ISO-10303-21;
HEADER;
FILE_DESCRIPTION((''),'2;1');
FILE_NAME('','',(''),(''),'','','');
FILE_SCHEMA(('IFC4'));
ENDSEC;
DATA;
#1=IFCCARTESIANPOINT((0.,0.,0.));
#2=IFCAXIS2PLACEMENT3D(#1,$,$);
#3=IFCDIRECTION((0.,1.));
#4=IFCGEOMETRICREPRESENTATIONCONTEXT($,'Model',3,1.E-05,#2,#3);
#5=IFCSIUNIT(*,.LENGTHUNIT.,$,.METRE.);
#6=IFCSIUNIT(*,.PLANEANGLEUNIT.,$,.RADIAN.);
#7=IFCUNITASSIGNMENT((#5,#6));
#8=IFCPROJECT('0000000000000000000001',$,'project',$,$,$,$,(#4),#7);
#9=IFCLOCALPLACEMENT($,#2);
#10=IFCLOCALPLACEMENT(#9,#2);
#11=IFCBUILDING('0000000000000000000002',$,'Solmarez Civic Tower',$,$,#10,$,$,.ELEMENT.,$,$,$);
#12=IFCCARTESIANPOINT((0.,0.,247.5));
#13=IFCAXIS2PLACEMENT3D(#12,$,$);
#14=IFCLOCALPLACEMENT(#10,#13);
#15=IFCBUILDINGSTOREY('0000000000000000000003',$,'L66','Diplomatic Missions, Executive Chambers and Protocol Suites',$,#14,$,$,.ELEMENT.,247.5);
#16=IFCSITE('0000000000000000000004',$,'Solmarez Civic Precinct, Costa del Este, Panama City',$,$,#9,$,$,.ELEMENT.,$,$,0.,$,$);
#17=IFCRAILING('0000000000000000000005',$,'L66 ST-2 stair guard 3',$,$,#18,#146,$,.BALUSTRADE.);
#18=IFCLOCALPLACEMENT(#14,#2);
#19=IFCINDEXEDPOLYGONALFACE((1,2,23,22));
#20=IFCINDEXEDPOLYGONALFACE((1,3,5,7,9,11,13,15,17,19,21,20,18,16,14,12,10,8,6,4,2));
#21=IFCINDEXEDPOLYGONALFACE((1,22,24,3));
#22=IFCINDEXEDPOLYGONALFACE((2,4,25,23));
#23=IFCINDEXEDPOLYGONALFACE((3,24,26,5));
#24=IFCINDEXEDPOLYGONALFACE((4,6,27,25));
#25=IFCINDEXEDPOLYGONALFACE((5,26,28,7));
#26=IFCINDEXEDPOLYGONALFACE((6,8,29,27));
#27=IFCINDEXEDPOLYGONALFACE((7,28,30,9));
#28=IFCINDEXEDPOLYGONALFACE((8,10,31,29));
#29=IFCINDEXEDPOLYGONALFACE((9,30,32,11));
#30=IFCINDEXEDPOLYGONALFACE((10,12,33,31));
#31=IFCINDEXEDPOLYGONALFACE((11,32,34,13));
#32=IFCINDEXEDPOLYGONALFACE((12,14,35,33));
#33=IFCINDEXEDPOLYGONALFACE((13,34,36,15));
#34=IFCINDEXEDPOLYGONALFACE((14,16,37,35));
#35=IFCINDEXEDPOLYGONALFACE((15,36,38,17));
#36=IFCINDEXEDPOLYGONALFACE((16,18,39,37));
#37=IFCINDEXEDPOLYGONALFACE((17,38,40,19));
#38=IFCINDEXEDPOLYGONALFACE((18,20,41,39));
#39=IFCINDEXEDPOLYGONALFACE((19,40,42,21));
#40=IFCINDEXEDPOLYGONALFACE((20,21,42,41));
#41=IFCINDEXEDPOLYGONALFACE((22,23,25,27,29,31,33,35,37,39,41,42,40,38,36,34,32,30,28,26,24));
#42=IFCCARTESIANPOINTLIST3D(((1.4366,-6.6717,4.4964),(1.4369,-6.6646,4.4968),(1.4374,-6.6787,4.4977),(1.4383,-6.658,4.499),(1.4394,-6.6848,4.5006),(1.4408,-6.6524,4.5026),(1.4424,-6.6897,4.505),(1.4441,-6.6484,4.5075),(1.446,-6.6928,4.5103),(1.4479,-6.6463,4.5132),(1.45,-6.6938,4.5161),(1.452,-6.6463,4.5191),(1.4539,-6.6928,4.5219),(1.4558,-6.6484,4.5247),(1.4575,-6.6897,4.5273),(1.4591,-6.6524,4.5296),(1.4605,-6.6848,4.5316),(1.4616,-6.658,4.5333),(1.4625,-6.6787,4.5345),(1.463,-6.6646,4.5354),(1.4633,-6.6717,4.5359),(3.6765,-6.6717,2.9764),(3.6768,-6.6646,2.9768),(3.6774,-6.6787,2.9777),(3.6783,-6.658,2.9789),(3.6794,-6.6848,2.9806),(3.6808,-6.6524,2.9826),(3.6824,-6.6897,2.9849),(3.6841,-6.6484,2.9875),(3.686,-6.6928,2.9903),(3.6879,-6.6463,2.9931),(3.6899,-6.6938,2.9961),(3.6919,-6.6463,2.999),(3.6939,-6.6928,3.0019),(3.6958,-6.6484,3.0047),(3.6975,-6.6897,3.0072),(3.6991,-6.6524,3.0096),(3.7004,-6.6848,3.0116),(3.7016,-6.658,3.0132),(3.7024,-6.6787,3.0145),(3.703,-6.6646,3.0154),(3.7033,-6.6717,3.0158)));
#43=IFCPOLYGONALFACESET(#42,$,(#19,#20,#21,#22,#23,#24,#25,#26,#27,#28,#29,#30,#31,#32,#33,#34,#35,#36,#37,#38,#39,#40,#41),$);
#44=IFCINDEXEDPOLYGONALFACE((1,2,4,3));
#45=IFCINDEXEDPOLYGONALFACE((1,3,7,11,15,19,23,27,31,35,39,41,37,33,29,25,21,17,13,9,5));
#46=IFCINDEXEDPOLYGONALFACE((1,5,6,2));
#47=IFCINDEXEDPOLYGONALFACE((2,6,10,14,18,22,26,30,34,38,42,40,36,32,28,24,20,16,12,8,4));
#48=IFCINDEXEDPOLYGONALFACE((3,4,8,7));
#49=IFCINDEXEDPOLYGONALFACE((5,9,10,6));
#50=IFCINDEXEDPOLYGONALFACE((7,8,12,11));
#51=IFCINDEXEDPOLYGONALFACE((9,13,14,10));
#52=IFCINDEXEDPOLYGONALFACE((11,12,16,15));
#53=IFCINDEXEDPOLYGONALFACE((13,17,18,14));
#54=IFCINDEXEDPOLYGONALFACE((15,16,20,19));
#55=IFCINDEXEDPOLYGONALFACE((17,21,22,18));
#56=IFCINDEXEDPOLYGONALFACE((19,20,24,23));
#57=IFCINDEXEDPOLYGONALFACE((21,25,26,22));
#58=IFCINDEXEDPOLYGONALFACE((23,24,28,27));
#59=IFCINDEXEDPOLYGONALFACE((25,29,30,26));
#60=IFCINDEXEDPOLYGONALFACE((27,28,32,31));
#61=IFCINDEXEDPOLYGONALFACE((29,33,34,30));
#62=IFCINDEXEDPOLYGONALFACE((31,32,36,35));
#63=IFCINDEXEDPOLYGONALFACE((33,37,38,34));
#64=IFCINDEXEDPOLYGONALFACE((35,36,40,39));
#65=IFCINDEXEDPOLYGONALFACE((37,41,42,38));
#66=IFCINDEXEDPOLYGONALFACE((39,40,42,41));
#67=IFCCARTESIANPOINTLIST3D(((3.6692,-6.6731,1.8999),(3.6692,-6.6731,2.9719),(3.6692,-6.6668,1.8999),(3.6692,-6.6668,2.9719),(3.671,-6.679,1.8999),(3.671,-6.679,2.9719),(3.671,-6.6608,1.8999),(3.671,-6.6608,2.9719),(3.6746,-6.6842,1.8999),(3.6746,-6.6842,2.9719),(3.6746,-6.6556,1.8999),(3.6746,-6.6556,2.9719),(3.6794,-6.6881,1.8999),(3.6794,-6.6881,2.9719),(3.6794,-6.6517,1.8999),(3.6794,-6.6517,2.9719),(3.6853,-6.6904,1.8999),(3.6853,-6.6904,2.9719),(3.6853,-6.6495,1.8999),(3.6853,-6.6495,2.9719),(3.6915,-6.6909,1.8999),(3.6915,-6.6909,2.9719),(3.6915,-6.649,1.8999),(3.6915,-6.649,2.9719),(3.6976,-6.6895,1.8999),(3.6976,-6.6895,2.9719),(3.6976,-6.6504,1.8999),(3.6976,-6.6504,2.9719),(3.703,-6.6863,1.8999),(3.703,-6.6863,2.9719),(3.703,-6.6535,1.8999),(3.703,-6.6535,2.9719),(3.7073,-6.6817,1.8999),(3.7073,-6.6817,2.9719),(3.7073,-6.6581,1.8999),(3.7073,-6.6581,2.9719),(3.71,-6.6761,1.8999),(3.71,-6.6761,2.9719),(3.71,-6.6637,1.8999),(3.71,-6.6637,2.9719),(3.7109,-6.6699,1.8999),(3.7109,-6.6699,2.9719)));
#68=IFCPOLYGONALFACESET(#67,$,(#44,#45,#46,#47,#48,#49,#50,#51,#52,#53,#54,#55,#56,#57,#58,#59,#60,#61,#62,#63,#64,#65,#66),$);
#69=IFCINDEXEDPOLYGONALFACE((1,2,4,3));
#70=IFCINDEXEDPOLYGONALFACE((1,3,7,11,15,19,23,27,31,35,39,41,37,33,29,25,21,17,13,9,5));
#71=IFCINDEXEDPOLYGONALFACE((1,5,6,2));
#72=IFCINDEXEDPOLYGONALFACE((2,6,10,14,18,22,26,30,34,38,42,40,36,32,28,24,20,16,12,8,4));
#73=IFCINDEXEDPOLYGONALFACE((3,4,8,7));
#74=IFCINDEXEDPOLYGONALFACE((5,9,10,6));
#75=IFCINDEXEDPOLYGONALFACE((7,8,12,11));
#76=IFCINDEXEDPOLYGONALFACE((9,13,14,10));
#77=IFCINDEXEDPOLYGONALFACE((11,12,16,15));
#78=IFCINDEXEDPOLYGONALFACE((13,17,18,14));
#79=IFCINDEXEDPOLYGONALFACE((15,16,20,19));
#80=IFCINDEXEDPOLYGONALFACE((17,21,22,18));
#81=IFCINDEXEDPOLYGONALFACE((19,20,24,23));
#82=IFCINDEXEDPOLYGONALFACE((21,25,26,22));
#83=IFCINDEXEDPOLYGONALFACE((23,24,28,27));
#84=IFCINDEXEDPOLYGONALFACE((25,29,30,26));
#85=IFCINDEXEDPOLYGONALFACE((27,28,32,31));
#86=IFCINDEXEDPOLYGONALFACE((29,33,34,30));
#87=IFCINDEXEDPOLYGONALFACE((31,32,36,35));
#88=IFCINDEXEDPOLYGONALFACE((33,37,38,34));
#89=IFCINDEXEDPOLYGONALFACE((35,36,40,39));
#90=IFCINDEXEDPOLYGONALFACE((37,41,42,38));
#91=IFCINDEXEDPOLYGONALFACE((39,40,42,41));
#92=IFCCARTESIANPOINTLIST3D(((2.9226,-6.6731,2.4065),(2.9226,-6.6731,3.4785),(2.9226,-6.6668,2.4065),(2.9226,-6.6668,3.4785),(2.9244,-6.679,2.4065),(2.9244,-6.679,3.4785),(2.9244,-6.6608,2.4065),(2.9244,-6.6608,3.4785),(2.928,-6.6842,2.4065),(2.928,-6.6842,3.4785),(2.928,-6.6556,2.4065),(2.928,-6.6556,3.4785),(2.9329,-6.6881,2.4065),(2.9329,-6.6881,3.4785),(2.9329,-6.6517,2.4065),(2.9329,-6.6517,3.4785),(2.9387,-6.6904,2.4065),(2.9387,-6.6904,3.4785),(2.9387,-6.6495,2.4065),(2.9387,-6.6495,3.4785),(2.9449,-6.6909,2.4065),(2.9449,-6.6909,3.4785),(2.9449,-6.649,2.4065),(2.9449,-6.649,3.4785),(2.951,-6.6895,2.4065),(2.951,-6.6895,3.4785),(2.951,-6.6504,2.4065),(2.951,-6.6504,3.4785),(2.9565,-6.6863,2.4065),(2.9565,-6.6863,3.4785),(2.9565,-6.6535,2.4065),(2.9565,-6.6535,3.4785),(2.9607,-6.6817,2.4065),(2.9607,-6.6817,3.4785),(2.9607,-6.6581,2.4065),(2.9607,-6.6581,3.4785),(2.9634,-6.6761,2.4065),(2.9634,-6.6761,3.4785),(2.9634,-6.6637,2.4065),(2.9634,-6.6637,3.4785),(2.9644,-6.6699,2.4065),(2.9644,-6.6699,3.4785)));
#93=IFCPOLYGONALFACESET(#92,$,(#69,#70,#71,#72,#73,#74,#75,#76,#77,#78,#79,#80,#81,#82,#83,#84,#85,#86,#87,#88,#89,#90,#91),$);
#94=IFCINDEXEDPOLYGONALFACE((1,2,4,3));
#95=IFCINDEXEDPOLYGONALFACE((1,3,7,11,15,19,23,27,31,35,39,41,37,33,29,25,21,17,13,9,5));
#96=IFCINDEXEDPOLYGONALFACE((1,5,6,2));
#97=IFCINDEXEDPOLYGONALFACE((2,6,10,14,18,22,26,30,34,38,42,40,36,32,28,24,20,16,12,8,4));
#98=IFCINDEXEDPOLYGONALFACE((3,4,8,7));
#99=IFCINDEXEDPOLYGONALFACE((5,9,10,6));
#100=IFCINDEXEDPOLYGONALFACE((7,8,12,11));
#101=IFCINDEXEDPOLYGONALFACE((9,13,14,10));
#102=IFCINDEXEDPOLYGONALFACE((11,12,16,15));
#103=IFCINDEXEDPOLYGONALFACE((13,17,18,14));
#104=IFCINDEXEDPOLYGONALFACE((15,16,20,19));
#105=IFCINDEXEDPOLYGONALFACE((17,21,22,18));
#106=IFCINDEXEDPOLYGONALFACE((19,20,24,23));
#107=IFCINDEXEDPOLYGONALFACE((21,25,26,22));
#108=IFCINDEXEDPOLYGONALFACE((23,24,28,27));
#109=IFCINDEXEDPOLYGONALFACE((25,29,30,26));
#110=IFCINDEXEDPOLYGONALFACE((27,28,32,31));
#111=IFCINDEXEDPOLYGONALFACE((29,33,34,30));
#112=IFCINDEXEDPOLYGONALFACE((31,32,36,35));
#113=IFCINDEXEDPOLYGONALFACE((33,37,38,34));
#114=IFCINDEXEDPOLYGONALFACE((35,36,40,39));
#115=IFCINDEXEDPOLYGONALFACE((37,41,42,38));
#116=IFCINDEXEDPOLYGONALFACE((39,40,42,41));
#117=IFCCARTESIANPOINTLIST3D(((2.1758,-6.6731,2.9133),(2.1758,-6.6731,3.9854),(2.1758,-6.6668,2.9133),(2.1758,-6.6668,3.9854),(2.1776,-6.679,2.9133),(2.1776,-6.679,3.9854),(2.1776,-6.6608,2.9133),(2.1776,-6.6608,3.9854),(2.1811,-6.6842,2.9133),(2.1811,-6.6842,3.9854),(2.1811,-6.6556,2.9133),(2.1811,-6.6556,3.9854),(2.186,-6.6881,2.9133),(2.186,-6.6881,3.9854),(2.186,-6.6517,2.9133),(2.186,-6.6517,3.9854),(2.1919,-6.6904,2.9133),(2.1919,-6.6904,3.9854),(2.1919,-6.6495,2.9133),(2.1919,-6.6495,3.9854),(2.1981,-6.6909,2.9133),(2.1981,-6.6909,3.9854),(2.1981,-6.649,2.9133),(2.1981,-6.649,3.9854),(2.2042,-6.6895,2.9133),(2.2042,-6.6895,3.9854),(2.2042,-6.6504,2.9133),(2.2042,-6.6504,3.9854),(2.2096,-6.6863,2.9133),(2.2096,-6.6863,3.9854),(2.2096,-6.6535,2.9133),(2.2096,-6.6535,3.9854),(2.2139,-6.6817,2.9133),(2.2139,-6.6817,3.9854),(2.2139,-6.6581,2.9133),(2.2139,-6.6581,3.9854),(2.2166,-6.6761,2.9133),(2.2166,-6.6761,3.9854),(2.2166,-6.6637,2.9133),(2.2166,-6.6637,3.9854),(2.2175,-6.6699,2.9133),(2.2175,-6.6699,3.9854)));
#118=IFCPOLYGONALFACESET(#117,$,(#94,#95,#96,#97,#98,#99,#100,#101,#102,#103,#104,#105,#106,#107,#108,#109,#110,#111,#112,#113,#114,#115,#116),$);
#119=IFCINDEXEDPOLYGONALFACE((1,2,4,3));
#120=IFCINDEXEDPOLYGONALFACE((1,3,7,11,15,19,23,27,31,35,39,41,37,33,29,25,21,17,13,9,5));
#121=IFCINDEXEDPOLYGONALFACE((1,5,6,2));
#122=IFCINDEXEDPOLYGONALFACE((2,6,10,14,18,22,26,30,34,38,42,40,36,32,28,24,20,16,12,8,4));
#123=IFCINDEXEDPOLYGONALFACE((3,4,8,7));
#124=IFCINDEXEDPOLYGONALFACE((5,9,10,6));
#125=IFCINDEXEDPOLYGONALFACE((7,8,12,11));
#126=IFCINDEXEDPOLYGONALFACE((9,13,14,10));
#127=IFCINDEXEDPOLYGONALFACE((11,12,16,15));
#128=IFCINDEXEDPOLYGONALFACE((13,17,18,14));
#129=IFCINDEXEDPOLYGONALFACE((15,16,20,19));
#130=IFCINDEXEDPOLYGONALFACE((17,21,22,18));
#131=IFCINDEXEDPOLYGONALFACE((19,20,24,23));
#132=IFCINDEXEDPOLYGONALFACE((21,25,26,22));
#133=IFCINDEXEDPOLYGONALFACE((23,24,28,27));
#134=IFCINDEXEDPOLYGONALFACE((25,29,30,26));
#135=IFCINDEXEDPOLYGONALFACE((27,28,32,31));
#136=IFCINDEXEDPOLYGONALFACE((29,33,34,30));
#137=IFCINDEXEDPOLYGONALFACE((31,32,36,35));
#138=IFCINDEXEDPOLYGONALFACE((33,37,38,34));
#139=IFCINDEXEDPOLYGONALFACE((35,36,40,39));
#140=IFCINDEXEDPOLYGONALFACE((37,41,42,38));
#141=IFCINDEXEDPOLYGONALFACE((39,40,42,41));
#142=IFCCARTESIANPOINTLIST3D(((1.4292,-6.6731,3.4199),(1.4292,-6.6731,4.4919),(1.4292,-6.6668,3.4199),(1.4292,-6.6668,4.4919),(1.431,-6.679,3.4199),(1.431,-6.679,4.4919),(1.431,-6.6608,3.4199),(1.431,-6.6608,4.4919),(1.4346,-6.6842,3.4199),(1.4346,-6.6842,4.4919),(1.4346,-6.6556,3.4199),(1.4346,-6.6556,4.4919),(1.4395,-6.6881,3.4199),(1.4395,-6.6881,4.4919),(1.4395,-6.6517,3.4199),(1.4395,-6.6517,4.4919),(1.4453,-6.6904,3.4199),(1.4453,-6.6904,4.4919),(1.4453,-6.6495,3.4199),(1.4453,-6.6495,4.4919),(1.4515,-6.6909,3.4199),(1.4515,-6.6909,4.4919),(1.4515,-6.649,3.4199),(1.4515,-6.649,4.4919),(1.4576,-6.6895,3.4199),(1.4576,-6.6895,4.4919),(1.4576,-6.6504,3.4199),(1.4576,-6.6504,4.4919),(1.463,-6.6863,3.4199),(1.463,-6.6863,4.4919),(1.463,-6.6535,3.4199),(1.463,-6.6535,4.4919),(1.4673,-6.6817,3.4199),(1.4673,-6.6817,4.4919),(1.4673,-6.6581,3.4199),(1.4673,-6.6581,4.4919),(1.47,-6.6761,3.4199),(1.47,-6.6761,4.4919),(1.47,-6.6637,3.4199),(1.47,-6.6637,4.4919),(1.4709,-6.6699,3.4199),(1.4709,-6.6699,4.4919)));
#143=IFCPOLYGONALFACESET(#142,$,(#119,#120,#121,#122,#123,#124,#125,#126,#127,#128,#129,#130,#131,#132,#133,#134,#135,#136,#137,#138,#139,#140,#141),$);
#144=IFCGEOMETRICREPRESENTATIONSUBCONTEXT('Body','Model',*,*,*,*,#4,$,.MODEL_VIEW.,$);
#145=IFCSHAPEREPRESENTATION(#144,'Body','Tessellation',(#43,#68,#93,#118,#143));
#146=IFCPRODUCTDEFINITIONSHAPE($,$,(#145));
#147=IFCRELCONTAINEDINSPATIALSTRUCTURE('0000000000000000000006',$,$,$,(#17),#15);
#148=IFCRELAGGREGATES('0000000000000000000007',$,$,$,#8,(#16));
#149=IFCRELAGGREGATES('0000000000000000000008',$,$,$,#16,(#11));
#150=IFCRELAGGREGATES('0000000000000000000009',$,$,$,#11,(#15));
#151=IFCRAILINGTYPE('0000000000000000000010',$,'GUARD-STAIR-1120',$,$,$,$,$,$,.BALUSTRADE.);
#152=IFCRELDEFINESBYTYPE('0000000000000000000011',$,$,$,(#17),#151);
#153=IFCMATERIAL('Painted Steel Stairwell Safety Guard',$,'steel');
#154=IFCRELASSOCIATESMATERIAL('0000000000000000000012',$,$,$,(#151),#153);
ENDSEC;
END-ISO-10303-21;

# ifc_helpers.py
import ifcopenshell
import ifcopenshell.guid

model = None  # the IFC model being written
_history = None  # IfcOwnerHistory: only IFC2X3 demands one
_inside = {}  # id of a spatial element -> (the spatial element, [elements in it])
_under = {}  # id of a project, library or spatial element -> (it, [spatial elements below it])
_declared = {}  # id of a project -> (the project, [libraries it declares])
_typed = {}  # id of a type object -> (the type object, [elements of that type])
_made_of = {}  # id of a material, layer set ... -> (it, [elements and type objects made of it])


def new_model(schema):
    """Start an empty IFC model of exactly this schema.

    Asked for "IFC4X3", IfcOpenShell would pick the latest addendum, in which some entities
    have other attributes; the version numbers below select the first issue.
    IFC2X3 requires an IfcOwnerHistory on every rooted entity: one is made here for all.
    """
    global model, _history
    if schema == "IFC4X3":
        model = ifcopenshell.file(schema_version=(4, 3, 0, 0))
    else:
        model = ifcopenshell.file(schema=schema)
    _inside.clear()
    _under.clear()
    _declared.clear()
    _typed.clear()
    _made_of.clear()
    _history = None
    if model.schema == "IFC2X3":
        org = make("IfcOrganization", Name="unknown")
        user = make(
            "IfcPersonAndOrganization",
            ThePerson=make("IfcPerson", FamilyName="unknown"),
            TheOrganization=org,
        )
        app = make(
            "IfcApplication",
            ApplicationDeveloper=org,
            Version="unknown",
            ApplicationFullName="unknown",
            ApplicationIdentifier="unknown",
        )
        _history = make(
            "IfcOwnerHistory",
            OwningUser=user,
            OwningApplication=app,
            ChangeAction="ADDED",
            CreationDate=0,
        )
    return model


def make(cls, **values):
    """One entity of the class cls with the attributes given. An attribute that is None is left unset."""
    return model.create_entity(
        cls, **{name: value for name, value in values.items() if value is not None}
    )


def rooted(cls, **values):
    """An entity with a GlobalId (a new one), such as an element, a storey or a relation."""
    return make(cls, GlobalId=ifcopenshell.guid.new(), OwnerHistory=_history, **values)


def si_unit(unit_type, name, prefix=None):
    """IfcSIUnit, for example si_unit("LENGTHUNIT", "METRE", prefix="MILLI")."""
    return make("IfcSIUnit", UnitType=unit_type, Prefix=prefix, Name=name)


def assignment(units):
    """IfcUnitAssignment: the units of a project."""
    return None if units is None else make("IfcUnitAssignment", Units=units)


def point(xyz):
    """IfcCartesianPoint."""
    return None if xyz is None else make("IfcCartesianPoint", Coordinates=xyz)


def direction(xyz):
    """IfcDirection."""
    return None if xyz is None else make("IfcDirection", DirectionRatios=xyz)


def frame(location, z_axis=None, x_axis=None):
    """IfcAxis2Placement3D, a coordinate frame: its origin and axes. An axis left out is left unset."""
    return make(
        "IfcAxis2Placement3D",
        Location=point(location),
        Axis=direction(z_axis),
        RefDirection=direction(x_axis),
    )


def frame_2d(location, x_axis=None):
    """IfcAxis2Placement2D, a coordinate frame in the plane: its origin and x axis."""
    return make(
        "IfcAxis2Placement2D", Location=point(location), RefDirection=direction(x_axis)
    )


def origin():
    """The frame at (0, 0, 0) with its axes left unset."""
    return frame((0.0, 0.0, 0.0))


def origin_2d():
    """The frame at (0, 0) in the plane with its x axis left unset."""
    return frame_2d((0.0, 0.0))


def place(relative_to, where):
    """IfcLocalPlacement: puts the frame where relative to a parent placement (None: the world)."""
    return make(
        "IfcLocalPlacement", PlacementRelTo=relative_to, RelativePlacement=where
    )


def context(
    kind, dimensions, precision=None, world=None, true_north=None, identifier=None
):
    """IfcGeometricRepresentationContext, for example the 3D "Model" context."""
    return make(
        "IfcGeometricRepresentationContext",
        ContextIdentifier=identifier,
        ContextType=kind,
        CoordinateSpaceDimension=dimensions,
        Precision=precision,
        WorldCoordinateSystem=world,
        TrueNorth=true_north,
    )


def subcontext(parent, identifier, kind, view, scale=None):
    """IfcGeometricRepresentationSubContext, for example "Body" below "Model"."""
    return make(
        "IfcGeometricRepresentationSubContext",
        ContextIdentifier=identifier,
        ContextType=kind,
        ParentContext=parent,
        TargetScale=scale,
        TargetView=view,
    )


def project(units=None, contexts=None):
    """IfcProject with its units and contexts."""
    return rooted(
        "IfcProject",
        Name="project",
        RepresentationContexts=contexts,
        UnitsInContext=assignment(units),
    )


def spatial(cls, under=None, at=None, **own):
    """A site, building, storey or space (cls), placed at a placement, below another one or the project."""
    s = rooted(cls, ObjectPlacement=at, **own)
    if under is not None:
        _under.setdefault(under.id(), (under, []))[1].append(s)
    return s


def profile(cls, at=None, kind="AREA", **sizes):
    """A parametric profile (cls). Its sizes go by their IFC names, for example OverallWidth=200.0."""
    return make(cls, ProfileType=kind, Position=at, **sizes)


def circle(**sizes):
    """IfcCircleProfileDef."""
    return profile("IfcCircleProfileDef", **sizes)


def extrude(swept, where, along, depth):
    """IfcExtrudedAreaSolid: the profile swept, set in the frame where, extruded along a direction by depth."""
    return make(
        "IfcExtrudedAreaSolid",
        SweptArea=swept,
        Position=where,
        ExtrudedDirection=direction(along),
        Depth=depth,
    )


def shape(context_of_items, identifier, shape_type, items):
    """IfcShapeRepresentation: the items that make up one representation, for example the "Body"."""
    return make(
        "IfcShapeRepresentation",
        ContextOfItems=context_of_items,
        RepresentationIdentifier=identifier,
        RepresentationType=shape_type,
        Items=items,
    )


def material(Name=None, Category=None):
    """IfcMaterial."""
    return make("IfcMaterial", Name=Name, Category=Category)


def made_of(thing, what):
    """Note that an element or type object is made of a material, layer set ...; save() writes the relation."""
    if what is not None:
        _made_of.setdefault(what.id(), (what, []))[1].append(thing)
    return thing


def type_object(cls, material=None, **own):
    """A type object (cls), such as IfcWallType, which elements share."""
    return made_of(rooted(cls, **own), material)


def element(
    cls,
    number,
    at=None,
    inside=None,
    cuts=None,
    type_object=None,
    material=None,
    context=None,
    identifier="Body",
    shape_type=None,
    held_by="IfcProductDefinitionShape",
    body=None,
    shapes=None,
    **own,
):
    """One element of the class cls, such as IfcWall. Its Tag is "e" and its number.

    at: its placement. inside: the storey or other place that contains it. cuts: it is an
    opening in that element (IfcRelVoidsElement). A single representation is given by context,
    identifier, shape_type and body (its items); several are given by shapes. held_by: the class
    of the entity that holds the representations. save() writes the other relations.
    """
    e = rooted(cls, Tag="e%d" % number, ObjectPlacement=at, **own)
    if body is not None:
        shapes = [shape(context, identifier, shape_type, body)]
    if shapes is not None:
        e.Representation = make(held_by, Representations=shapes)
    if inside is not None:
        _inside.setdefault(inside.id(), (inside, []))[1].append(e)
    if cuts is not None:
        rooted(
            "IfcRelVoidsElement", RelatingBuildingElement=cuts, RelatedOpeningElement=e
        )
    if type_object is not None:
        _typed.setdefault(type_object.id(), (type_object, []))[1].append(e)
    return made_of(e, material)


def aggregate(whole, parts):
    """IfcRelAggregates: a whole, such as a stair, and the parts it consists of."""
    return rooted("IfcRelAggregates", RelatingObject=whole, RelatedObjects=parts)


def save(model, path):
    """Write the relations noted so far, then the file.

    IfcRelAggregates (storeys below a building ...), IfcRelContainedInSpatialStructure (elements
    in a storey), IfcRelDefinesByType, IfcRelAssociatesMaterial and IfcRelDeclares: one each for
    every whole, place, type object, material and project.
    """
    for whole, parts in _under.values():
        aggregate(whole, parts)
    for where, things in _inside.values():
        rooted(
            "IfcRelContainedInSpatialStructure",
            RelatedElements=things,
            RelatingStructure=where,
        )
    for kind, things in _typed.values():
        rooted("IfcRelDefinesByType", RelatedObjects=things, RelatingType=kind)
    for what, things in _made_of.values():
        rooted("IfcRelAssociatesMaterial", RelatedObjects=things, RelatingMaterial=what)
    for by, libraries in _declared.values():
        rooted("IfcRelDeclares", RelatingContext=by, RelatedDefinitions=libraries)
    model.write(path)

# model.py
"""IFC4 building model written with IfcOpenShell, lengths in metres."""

from ifc_helpers import new_model, si_unit, direction, frame, origin, origin_2d, place, context, subcontext, project, spatial, circle, extrude, material, type_object, element, save


model = new_model("IFC4")

# Units and contexts
model_context = context("Model", 3, precision=1e-05, world=origin(), true_north=direction((0.0, 1.0)))
body_context = subcontext(model_context, "Body", "Model", "MODEL_VIEW")
ifc_project = project(units=[si_unit("LENGTHUNIT", "METRE"), si_unit("PLANEANGLEUNIT", "RADIAN")], contexts=[model_context])

# Site, building, storey
site_placement = place(None, origin())
site = spatial("IfcSite", under=ifc_project, at=site_placement, Name="Solmarez Civic Precinct, Costa del Este, Panama City", CompositionType="ELEMENT", RefElevation=0.0)
building_placement = place(site_placement, origin())
building = spatial("IfcBuilding", under=site, at=building_placement, Name="Solmarez Civic Tower", CompositionType="ELEMENT")
storey_placement = place(building_placement, frame((0.0, 0.0, 247.5)))
storey = spatial("IfcBuildingStorey", under=building, at=storey_placement, Name="L66", Description="Diplomatic Missions, Executive Chambers and Protocol Suites", CompositionType="ELEMENT", Elevation=247.5)

# Railing
ifc_material_1 = material(Name="Painted Steel Stairwell Safety Guard", Category="steel")
railing_type = type_object("IfcRailingType", Name="GUARD-STAIR-1120", PredefinedType="BALUSTRADE", material=ifc_material_1)
railing_1_placement = place(storey_placement, frame((3.6899, -6.6699, 1.8999)))
element("IfcRailing", 1, at=railing_1_placement, inside=storey, type_object=railing_type, Name="L66 ST-2 stair guard 3", PredefinedType="BALUSTRADE", context=body_context, shape_type="SweptSolid", body=[
    extrude(circle(Radius=0.0239, at=origin_2d()), frame((0.0, 0.0, 1.0962), z_axis=(-0.827471, 0.0, 0.561508), x_axis=(0.0, -1.0, 0.0)), (0.0, 0.0, 1.0), 2.707),
    extrude(circle(Radius=0.021, at=origin_2d()), origin(), (0.0, 0.0, 1.0), 1.072),
    extrude(circle(Radius=0.021, at=origin_2d()), frame((-0.7466, 0.0, 0.5066)), (0.0, 0.0, 1.0), 1.072),
    extrude(circle(Radius=0.021, at=origin_2d()), frame((-1.4934, 0.0, 1.0134)), (0.0, 0.0, 1.0), 1.072),
    extrude(circle(Radius=0.021, at=origin_2d()), frame((-2.24, 0.0, 1.52)), (0.0, 0.0, 1.0), 1.072),
])

save(model, "model.ifc")
